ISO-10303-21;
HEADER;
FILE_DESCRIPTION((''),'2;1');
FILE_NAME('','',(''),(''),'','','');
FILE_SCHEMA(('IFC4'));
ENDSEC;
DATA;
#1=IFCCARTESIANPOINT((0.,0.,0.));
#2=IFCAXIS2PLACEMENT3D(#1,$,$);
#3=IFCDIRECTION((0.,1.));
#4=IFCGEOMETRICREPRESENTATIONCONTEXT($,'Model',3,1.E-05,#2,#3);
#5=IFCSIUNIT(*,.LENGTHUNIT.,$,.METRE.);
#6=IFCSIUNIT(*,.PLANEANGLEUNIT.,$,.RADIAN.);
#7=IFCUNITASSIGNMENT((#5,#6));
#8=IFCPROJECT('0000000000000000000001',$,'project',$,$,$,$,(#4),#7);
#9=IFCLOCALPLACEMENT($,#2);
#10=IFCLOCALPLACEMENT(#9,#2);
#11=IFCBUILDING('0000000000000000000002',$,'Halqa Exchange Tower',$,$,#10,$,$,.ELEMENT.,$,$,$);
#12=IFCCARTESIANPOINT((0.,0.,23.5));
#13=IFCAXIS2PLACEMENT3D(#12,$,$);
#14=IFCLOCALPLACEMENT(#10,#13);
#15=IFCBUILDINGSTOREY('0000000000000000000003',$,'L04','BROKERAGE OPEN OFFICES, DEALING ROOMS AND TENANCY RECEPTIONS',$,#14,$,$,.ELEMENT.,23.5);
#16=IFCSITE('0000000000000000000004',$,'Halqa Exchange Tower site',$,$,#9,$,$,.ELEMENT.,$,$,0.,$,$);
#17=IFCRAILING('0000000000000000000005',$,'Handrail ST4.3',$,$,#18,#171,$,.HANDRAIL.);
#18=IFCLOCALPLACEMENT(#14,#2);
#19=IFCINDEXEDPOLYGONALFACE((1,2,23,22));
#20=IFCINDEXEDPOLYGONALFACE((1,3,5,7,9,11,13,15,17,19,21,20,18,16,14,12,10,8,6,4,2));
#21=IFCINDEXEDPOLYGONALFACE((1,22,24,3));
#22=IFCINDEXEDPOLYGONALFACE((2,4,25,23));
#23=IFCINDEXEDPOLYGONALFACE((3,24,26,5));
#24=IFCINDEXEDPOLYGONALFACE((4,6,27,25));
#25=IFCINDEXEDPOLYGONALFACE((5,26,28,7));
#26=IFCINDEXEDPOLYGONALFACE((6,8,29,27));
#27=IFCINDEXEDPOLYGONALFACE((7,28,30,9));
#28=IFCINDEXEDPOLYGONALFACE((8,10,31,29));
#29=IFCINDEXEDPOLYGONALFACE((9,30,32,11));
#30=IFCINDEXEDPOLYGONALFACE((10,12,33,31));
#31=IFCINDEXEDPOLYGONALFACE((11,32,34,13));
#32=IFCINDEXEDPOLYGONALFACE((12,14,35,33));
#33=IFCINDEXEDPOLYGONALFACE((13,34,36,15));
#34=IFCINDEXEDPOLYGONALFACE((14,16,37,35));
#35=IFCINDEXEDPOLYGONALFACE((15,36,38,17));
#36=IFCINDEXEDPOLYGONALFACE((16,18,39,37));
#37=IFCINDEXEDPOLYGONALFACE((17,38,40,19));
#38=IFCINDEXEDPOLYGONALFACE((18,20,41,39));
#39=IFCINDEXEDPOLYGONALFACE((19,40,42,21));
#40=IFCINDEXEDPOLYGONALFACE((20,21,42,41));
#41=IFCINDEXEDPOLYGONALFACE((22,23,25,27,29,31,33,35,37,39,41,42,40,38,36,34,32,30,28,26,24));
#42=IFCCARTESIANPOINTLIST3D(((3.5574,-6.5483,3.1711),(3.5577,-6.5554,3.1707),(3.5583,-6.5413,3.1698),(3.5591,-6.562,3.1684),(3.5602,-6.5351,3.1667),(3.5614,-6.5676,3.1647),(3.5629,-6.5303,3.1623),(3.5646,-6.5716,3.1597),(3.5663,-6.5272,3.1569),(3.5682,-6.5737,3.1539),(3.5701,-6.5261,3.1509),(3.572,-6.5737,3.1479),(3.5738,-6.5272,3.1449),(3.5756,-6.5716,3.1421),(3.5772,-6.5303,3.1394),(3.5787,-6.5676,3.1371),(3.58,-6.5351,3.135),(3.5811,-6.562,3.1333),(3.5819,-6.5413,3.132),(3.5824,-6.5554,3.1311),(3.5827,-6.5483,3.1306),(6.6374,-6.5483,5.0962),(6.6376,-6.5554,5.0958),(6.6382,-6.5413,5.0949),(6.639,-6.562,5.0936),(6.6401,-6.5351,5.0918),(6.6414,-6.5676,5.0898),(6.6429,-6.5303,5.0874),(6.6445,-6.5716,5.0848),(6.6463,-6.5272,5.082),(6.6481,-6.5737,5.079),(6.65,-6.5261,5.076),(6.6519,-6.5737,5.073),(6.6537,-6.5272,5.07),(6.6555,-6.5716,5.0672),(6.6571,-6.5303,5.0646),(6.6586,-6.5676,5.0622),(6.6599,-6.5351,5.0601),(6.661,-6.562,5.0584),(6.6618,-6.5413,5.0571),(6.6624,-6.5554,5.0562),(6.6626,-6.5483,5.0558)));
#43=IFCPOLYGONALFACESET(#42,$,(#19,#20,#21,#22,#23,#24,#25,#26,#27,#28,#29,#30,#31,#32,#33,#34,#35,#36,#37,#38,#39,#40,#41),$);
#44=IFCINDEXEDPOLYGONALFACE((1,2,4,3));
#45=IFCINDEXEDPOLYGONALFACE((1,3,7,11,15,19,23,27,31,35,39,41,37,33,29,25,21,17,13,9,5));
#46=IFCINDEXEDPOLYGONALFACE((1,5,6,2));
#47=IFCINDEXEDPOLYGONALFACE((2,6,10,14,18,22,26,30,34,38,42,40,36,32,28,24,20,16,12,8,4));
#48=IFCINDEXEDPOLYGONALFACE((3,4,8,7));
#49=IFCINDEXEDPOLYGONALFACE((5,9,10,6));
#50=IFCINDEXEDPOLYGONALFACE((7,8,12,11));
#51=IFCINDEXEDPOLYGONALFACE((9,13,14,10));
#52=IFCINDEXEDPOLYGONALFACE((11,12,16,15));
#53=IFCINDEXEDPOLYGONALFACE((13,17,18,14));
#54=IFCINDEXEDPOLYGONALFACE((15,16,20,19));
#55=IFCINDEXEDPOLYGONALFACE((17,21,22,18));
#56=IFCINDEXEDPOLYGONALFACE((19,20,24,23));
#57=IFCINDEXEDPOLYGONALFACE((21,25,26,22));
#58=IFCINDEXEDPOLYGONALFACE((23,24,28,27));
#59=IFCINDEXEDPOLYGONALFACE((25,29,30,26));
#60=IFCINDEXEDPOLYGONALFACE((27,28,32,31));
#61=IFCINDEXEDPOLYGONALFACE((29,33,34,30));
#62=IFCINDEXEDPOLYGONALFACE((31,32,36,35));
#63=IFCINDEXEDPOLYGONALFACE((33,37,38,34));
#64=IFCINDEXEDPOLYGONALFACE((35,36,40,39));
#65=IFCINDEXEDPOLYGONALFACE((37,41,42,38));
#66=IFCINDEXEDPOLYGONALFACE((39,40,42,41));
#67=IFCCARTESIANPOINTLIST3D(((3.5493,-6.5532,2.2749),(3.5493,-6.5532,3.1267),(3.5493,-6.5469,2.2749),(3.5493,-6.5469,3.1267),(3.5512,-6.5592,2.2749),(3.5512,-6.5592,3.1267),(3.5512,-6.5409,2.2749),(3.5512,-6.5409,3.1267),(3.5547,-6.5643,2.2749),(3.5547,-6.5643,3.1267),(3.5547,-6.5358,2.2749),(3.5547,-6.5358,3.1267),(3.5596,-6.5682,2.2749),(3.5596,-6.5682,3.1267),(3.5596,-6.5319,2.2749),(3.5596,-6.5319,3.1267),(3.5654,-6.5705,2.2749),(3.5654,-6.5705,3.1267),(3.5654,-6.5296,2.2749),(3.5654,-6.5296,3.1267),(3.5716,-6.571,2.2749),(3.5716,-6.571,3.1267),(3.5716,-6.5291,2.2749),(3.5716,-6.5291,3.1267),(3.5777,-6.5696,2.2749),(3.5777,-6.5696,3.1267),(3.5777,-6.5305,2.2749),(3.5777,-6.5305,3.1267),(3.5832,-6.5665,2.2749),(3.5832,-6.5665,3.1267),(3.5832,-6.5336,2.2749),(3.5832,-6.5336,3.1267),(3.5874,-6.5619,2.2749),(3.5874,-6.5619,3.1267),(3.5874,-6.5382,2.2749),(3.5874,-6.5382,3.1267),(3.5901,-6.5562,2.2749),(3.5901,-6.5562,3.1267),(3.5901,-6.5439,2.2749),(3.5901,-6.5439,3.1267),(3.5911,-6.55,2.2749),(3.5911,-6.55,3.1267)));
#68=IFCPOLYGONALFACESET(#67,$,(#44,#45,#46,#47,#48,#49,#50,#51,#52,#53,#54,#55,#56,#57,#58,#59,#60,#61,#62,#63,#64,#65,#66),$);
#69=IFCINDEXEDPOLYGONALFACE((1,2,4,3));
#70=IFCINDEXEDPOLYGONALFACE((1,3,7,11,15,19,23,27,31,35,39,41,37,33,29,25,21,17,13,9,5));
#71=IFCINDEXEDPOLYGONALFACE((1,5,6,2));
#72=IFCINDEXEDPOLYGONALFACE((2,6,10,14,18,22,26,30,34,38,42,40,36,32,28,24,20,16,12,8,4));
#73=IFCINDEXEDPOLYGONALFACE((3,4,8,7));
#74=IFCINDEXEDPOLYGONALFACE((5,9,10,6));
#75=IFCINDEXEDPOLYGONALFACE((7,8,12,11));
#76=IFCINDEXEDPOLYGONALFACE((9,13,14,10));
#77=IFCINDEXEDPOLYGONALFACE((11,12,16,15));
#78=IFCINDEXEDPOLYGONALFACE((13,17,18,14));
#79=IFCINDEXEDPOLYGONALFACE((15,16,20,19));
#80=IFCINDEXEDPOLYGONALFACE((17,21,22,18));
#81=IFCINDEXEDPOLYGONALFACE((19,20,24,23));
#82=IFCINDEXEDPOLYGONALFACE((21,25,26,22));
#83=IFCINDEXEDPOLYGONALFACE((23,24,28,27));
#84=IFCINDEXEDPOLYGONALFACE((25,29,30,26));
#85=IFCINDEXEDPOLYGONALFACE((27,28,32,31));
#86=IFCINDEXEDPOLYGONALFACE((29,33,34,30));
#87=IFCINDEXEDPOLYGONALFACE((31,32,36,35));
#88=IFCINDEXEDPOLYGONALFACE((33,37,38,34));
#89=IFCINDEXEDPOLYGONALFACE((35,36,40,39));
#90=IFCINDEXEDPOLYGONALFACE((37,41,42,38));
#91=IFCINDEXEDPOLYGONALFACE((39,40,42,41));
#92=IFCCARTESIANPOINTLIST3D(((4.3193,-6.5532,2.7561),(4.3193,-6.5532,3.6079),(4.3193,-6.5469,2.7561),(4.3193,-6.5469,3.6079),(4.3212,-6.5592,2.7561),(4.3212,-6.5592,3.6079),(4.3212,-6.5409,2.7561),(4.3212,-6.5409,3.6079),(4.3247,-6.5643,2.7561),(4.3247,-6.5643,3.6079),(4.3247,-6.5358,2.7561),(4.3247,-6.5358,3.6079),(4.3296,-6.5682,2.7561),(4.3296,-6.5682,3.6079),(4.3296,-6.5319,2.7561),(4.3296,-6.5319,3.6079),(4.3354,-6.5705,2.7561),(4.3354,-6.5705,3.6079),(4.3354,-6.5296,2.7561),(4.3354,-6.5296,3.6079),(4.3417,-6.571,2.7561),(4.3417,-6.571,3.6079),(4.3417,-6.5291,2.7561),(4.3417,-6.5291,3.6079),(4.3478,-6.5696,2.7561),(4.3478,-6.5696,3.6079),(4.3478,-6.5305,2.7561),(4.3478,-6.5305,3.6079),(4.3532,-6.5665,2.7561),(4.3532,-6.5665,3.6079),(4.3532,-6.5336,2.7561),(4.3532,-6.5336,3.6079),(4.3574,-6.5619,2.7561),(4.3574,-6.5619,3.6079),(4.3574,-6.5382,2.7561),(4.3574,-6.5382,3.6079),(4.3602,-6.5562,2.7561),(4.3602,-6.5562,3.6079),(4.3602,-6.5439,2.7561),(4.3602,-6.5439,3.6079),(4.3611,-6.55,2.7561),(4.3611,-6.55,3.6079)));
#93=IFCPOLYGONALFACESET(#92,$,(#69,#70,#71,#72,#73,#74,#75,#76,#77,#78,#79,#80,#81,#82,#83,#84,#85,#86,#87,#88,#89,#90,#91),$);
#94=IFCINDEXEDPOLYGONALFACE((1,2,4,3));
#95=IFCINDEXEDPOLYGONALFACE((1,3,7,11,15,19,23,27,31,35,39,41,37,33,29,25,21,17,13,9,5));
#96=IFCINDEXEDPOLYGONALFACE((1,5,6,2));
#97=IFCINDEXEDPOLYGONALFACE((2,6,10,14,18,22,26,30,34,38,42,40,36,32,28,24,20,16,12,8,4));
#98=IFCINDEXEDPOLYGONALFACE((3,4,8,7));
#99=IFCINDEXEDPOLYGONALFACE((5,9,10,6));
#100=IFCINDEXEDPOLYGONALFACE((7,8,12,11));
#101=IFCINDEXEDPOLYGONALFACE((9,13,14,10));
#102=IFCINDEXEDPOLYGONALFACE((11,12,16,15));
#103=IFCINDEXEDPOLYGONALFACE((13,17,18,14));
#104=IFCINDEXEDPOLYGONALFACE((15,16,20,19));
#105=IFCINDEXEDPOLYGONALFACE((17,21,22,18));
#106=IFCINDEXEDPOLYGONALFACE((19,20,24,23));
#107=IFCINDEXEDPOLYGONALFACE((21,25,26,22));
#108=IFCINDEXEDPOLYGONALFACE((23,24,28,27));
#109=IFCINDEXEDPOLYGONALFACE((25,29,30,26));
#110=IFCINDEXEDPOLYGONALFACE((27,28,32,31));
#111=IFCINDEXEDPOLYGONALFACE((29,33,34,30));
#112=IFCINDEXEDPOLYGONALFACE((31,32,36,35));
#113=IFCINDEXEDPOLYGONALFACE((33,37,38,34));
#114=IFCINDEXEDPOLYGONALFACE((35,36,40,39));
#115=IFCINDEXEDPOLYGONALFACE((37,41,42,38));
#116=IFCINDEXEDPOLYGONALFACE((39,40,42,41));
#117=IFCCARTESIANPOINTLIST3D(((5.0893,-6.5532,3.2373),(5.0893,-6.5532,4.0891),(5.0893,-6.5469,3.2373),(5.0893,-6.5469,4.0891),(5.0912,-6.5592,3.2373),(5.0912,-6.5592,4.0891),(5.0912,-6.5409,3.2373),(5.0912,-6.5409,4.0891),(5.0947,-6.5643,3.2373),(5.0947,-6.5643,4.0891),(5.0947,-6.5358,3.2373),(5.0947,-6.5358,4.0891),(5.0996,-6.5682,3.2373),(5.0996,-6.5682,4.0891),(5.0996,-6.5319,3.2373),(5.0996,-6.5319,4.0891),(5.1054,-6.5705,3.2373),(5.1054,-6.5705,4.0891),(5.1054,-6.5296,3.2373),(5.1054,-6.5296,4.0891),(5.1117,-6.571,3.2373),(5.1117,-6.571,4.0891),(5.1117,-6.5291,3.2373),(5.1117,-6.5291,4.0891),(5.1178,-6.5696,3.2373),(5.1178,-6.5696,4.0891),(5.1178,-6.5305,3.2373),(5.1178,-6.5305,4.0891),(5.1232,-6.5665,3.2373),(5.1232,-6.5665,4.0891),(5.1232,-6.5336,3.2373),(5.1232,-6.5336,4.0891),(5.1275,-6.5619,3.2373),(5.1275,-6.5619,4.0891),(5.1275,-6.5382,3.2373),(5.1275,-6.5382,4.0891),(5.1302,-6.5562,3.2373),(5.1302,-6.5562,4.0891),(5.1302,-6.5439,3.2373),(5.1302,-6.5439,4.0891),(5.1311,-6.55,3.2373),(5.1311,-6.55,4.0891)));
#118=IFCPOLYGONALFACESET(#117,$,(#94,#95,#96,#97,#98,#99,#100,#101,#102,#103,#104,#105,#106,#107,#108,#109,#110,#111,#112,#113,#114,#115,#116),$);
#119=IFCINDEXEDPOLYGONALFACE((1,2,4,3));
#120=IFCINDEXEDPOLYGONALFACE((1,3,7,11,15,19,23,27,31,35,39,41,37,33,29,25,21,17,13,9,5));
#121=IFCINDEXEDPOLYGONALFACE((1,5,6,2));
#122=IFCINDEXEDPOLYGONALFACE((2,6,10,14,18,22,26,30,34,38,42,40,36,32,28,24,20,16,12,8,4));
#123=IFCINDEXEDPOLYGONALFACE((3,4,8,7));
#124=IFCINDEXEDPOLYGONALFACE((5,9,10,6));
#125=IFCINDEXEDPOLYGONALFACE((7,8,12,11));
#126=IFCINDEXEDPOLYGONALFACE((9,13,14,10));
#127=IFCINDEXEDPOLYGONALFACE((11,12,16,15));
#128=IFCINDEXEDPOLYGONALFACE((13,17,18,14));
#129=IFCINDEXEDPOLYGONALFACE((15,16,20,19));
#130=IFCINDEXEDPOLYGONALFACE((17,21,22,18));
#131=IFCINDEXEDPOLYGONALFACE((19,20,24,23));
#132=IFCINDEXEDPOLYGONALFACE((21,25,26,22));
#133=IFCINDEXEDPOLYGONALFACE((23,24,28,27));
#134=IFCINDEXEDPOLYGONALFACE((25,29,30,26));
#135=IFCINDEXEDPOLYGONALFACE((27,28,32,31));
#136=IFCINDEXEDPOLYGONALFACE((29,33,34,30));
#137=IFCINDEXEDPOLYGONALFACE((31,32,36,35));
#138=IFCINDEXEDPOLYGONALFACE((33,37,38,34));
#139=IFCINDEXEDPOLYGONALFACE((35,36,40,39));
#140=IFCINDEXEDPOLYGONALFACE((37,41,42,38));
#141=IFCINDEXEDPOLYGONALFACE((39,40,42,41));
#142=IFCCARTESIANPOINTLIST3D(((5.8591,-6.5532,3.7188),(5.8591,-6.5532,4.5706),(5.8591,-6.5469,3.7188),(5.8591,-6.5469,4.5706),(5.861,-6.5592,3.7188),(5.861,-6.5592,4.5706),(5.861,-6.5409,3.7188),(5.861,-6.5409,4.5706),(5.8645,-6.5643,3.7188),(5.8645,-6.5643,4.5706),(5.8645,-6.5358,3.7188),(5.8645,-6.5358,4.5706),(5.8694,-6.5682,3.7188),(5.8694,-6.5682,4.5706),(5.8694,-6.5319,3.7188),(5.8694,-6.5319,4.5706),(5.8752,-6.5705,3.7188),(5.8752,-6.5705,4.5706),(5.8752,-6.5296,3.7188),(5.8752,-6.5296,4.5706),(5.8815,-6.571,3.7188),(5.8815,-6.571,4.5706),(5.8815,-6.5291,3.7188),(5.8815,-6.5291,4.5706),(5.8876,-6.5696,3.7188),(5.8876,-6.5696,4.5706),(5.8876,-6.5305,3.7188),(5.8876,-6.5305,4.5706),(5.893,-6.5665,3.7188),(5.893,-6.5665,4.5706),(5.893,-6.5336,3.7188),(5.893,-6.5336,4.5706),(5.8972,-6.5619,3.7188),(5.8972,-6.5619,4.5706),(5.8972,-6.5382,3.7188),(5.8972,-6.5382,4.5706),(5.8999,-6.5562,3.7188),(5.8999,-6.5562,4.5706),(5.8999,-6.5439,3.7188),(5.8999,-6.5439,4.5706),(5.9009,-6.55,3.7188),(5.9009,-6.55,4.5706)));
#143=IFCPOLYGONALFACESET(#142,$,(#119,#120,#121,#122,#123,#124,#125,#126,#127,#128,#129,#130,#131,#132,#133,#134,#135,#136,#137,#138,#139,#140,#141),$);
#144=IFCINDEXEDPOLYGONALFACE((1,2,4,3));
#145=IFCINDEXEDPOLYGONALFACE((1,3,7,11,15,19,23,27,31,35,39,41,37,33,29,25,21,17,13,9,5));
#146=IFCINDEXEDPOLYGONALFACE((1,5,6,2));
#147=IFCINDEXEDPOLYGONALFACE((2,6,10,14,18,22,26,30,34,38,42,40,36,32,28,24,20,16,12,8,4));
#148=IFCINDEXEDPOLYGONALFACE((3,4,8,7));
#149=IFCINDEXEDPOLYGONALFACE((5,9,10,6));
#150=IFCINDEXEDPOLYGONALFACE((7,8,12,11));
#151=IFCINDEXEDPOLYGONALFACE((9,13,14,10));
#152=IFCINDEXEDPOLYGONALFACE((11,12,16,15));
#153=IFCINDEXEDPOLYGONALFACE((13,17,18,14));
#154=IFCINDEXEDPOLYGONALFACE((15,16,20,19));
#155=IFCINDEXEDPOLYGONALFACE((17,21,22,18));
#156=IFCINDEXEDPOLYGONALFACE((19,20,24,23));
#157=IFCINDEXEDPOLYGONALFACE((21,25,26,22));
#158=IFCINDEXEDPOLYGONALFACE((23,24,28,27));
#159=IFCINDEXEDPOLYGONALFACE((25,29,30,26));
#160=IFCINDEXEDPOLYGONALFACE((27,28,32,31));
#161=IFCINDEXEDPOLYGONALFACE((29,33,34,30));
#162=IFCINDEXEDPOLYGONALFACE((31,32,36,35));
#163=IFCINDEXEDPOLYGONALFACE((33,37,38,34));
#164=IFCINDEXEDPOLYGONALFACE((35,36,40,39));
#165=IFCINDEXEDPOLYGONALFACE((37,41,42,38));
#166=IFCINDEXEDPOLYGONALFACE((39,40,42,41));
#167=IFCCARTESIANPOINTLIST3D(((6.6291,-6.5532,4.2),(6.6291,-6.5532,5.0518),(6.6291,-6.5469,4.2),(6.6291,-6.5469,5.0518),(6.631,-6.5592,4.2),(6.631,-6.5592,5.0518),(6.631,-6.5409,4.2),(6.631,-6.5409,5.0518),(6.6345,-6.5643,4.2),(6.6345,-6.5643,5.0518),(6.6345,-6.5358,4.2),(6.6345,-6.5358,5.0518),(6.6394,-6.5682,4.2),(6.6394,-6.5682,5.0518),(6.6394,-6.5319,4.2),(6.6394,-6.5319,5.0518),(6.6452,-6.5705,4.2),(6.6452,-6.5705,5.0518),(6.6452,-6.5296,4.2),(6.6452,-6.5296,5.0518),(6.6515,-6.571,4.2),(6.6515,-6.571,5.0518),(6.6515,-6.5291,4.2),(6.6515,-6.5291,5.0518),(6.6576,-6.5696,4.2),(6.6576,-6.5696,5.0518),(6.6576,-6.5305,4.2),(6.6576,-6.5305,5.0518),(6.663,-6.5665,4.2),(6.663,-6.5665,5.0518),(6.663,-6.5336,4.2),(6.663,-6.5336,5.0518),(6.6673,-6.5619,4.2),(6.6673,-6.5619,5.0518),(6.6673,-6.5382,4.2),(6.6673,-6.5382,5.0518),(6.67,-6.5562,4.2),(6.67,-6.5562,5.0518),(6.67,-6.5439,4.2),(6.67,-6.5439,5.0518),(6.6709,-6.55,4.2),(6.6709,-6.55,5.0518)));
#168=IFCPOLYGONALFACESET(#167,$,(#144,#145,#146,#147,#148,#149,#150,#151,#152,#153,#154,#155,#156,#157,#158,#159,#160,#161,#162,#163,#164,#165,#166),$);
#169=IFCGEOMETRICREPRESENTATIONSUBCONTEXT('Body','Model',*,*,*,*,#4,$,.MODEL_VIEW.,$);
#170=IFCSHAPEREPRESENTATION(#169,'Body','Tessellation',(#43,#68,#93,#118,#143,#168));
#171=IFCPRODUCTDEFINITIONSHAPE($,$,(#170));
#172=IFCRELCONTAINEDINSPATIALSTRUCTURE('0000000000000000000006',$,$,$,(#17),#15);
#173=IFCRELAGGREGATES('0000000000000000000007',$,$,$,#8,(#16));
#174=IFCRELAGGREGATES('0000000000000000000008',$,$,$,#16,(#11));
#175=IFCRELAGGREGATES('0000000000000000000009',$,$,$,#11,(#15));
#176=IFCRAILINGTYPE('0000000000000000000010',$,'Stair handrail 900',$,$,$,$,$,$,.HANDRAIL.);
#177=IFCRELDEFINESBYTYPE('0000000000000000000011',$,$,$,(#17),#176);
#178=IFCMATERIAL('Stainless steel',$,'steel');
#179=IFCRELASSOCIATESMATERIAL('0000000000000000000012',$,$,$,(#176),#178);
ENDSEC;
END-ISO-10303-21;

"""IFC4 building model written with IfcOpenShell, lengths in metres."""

from ifc_helpers import new_model, si_unit, direction, frame, origin, origin_2d, place, context, subcontext, project, spatial, circle, extrude, material, type_object, element, save


model = new_model("IFC4")

# Units and contexts
model_context = context("Model", 3, precision=1e-05, world=origin(), true_north=direction((0.0, 1.0)))
body_context = subcontext(model_context, "Body", "Model", "MODEL_VIEW")
ifc_project = project(units=[si_unit("LENGTHUNIT", "METRE"), si_unit("PLANEANGLEUNIT", "RADIAN")], contexts=[model_context])

# Site, building, storey
site_placement = place(None, origin())
site = spatial("IfcSite", under=ifc_project, at=site_placement, Name="Halqa Exchange Tower site", CompositionType="ELEMENT", RefElevation=0.0)
building_placement = place(site_placement, origin())
building = spatial("IfcBuilding", under=site, at=building_placement, Name="Halqa Exchange Tower", CompositionType="ELEMENT")
storey_placement = place(building_placement, frame((0.0, 0.0, 23.5)))
storey = spatial("IfcBuildingStorey", under=building, at=storey_placement, Name="L04", Description="BROKERAGE OPEN OFFICES, DEALING ROOMS AND TENANCY RECEPTIONS", CompositionType="ELEMENT", Elevation=23.5)

# Railing
ifc_material_1 = material(Name="Stainless steel", Category="steel")
railing_type_1 = type_object("IfcRailingType", Name="Stair handrail 900", PredefinedType="HANDRAIL", material=ifc_material_1)
railing_1_placement = place(storey_placement, frame((3.5701, -6.55, 2.2749)))
element("IfcRailing", 1, at=railing_1_placement, inside=storey, type_object=railing_type_1, Name="Handrail ST4.3", PredefinedType="HANDRAIL", context=body_context, shape_type="SweptSolid", body=[
    extrude(circle(Radius=0.0239, at=origin_2d()), frame((0.0, 0.0, 0.876), z_axis=(0.847979, 0.0, 0.530029), x_axis=(0.0, 1.0, 0.0)), (0.0, 0.0, 1.0), 3.6321),
    extrude(circle(Radius=0.021, at=origin_2d()), origin(), (0.0, 0.0, 1.0), 0.8518),
    extrude(circle(Radius=0.021, at=origin_2d()), frame((0.77, 0.0, 0.4812)), (0.0, 0.0, 1.0), 0.8518),
    extrude(circle(Radius=0.021, at=origin_2d()), frame((1.54, 0.0, 0.9624)), (0.0, 0.0, 1.0), 0.8518),
    extrude(circle(Radius=0.021, at=origin_2d()), frame((2.3098, 0.0, 1.4438)), (0.0, 0.0, 1.0), 0.8518),
    extrude(circle(Radius=0.021, at=origin_2d()), frame((3.0798, 0.0, 1.925)), (0.0, 0.0, 1.0), 0.8518),
])

save(model, "model.ifc")
